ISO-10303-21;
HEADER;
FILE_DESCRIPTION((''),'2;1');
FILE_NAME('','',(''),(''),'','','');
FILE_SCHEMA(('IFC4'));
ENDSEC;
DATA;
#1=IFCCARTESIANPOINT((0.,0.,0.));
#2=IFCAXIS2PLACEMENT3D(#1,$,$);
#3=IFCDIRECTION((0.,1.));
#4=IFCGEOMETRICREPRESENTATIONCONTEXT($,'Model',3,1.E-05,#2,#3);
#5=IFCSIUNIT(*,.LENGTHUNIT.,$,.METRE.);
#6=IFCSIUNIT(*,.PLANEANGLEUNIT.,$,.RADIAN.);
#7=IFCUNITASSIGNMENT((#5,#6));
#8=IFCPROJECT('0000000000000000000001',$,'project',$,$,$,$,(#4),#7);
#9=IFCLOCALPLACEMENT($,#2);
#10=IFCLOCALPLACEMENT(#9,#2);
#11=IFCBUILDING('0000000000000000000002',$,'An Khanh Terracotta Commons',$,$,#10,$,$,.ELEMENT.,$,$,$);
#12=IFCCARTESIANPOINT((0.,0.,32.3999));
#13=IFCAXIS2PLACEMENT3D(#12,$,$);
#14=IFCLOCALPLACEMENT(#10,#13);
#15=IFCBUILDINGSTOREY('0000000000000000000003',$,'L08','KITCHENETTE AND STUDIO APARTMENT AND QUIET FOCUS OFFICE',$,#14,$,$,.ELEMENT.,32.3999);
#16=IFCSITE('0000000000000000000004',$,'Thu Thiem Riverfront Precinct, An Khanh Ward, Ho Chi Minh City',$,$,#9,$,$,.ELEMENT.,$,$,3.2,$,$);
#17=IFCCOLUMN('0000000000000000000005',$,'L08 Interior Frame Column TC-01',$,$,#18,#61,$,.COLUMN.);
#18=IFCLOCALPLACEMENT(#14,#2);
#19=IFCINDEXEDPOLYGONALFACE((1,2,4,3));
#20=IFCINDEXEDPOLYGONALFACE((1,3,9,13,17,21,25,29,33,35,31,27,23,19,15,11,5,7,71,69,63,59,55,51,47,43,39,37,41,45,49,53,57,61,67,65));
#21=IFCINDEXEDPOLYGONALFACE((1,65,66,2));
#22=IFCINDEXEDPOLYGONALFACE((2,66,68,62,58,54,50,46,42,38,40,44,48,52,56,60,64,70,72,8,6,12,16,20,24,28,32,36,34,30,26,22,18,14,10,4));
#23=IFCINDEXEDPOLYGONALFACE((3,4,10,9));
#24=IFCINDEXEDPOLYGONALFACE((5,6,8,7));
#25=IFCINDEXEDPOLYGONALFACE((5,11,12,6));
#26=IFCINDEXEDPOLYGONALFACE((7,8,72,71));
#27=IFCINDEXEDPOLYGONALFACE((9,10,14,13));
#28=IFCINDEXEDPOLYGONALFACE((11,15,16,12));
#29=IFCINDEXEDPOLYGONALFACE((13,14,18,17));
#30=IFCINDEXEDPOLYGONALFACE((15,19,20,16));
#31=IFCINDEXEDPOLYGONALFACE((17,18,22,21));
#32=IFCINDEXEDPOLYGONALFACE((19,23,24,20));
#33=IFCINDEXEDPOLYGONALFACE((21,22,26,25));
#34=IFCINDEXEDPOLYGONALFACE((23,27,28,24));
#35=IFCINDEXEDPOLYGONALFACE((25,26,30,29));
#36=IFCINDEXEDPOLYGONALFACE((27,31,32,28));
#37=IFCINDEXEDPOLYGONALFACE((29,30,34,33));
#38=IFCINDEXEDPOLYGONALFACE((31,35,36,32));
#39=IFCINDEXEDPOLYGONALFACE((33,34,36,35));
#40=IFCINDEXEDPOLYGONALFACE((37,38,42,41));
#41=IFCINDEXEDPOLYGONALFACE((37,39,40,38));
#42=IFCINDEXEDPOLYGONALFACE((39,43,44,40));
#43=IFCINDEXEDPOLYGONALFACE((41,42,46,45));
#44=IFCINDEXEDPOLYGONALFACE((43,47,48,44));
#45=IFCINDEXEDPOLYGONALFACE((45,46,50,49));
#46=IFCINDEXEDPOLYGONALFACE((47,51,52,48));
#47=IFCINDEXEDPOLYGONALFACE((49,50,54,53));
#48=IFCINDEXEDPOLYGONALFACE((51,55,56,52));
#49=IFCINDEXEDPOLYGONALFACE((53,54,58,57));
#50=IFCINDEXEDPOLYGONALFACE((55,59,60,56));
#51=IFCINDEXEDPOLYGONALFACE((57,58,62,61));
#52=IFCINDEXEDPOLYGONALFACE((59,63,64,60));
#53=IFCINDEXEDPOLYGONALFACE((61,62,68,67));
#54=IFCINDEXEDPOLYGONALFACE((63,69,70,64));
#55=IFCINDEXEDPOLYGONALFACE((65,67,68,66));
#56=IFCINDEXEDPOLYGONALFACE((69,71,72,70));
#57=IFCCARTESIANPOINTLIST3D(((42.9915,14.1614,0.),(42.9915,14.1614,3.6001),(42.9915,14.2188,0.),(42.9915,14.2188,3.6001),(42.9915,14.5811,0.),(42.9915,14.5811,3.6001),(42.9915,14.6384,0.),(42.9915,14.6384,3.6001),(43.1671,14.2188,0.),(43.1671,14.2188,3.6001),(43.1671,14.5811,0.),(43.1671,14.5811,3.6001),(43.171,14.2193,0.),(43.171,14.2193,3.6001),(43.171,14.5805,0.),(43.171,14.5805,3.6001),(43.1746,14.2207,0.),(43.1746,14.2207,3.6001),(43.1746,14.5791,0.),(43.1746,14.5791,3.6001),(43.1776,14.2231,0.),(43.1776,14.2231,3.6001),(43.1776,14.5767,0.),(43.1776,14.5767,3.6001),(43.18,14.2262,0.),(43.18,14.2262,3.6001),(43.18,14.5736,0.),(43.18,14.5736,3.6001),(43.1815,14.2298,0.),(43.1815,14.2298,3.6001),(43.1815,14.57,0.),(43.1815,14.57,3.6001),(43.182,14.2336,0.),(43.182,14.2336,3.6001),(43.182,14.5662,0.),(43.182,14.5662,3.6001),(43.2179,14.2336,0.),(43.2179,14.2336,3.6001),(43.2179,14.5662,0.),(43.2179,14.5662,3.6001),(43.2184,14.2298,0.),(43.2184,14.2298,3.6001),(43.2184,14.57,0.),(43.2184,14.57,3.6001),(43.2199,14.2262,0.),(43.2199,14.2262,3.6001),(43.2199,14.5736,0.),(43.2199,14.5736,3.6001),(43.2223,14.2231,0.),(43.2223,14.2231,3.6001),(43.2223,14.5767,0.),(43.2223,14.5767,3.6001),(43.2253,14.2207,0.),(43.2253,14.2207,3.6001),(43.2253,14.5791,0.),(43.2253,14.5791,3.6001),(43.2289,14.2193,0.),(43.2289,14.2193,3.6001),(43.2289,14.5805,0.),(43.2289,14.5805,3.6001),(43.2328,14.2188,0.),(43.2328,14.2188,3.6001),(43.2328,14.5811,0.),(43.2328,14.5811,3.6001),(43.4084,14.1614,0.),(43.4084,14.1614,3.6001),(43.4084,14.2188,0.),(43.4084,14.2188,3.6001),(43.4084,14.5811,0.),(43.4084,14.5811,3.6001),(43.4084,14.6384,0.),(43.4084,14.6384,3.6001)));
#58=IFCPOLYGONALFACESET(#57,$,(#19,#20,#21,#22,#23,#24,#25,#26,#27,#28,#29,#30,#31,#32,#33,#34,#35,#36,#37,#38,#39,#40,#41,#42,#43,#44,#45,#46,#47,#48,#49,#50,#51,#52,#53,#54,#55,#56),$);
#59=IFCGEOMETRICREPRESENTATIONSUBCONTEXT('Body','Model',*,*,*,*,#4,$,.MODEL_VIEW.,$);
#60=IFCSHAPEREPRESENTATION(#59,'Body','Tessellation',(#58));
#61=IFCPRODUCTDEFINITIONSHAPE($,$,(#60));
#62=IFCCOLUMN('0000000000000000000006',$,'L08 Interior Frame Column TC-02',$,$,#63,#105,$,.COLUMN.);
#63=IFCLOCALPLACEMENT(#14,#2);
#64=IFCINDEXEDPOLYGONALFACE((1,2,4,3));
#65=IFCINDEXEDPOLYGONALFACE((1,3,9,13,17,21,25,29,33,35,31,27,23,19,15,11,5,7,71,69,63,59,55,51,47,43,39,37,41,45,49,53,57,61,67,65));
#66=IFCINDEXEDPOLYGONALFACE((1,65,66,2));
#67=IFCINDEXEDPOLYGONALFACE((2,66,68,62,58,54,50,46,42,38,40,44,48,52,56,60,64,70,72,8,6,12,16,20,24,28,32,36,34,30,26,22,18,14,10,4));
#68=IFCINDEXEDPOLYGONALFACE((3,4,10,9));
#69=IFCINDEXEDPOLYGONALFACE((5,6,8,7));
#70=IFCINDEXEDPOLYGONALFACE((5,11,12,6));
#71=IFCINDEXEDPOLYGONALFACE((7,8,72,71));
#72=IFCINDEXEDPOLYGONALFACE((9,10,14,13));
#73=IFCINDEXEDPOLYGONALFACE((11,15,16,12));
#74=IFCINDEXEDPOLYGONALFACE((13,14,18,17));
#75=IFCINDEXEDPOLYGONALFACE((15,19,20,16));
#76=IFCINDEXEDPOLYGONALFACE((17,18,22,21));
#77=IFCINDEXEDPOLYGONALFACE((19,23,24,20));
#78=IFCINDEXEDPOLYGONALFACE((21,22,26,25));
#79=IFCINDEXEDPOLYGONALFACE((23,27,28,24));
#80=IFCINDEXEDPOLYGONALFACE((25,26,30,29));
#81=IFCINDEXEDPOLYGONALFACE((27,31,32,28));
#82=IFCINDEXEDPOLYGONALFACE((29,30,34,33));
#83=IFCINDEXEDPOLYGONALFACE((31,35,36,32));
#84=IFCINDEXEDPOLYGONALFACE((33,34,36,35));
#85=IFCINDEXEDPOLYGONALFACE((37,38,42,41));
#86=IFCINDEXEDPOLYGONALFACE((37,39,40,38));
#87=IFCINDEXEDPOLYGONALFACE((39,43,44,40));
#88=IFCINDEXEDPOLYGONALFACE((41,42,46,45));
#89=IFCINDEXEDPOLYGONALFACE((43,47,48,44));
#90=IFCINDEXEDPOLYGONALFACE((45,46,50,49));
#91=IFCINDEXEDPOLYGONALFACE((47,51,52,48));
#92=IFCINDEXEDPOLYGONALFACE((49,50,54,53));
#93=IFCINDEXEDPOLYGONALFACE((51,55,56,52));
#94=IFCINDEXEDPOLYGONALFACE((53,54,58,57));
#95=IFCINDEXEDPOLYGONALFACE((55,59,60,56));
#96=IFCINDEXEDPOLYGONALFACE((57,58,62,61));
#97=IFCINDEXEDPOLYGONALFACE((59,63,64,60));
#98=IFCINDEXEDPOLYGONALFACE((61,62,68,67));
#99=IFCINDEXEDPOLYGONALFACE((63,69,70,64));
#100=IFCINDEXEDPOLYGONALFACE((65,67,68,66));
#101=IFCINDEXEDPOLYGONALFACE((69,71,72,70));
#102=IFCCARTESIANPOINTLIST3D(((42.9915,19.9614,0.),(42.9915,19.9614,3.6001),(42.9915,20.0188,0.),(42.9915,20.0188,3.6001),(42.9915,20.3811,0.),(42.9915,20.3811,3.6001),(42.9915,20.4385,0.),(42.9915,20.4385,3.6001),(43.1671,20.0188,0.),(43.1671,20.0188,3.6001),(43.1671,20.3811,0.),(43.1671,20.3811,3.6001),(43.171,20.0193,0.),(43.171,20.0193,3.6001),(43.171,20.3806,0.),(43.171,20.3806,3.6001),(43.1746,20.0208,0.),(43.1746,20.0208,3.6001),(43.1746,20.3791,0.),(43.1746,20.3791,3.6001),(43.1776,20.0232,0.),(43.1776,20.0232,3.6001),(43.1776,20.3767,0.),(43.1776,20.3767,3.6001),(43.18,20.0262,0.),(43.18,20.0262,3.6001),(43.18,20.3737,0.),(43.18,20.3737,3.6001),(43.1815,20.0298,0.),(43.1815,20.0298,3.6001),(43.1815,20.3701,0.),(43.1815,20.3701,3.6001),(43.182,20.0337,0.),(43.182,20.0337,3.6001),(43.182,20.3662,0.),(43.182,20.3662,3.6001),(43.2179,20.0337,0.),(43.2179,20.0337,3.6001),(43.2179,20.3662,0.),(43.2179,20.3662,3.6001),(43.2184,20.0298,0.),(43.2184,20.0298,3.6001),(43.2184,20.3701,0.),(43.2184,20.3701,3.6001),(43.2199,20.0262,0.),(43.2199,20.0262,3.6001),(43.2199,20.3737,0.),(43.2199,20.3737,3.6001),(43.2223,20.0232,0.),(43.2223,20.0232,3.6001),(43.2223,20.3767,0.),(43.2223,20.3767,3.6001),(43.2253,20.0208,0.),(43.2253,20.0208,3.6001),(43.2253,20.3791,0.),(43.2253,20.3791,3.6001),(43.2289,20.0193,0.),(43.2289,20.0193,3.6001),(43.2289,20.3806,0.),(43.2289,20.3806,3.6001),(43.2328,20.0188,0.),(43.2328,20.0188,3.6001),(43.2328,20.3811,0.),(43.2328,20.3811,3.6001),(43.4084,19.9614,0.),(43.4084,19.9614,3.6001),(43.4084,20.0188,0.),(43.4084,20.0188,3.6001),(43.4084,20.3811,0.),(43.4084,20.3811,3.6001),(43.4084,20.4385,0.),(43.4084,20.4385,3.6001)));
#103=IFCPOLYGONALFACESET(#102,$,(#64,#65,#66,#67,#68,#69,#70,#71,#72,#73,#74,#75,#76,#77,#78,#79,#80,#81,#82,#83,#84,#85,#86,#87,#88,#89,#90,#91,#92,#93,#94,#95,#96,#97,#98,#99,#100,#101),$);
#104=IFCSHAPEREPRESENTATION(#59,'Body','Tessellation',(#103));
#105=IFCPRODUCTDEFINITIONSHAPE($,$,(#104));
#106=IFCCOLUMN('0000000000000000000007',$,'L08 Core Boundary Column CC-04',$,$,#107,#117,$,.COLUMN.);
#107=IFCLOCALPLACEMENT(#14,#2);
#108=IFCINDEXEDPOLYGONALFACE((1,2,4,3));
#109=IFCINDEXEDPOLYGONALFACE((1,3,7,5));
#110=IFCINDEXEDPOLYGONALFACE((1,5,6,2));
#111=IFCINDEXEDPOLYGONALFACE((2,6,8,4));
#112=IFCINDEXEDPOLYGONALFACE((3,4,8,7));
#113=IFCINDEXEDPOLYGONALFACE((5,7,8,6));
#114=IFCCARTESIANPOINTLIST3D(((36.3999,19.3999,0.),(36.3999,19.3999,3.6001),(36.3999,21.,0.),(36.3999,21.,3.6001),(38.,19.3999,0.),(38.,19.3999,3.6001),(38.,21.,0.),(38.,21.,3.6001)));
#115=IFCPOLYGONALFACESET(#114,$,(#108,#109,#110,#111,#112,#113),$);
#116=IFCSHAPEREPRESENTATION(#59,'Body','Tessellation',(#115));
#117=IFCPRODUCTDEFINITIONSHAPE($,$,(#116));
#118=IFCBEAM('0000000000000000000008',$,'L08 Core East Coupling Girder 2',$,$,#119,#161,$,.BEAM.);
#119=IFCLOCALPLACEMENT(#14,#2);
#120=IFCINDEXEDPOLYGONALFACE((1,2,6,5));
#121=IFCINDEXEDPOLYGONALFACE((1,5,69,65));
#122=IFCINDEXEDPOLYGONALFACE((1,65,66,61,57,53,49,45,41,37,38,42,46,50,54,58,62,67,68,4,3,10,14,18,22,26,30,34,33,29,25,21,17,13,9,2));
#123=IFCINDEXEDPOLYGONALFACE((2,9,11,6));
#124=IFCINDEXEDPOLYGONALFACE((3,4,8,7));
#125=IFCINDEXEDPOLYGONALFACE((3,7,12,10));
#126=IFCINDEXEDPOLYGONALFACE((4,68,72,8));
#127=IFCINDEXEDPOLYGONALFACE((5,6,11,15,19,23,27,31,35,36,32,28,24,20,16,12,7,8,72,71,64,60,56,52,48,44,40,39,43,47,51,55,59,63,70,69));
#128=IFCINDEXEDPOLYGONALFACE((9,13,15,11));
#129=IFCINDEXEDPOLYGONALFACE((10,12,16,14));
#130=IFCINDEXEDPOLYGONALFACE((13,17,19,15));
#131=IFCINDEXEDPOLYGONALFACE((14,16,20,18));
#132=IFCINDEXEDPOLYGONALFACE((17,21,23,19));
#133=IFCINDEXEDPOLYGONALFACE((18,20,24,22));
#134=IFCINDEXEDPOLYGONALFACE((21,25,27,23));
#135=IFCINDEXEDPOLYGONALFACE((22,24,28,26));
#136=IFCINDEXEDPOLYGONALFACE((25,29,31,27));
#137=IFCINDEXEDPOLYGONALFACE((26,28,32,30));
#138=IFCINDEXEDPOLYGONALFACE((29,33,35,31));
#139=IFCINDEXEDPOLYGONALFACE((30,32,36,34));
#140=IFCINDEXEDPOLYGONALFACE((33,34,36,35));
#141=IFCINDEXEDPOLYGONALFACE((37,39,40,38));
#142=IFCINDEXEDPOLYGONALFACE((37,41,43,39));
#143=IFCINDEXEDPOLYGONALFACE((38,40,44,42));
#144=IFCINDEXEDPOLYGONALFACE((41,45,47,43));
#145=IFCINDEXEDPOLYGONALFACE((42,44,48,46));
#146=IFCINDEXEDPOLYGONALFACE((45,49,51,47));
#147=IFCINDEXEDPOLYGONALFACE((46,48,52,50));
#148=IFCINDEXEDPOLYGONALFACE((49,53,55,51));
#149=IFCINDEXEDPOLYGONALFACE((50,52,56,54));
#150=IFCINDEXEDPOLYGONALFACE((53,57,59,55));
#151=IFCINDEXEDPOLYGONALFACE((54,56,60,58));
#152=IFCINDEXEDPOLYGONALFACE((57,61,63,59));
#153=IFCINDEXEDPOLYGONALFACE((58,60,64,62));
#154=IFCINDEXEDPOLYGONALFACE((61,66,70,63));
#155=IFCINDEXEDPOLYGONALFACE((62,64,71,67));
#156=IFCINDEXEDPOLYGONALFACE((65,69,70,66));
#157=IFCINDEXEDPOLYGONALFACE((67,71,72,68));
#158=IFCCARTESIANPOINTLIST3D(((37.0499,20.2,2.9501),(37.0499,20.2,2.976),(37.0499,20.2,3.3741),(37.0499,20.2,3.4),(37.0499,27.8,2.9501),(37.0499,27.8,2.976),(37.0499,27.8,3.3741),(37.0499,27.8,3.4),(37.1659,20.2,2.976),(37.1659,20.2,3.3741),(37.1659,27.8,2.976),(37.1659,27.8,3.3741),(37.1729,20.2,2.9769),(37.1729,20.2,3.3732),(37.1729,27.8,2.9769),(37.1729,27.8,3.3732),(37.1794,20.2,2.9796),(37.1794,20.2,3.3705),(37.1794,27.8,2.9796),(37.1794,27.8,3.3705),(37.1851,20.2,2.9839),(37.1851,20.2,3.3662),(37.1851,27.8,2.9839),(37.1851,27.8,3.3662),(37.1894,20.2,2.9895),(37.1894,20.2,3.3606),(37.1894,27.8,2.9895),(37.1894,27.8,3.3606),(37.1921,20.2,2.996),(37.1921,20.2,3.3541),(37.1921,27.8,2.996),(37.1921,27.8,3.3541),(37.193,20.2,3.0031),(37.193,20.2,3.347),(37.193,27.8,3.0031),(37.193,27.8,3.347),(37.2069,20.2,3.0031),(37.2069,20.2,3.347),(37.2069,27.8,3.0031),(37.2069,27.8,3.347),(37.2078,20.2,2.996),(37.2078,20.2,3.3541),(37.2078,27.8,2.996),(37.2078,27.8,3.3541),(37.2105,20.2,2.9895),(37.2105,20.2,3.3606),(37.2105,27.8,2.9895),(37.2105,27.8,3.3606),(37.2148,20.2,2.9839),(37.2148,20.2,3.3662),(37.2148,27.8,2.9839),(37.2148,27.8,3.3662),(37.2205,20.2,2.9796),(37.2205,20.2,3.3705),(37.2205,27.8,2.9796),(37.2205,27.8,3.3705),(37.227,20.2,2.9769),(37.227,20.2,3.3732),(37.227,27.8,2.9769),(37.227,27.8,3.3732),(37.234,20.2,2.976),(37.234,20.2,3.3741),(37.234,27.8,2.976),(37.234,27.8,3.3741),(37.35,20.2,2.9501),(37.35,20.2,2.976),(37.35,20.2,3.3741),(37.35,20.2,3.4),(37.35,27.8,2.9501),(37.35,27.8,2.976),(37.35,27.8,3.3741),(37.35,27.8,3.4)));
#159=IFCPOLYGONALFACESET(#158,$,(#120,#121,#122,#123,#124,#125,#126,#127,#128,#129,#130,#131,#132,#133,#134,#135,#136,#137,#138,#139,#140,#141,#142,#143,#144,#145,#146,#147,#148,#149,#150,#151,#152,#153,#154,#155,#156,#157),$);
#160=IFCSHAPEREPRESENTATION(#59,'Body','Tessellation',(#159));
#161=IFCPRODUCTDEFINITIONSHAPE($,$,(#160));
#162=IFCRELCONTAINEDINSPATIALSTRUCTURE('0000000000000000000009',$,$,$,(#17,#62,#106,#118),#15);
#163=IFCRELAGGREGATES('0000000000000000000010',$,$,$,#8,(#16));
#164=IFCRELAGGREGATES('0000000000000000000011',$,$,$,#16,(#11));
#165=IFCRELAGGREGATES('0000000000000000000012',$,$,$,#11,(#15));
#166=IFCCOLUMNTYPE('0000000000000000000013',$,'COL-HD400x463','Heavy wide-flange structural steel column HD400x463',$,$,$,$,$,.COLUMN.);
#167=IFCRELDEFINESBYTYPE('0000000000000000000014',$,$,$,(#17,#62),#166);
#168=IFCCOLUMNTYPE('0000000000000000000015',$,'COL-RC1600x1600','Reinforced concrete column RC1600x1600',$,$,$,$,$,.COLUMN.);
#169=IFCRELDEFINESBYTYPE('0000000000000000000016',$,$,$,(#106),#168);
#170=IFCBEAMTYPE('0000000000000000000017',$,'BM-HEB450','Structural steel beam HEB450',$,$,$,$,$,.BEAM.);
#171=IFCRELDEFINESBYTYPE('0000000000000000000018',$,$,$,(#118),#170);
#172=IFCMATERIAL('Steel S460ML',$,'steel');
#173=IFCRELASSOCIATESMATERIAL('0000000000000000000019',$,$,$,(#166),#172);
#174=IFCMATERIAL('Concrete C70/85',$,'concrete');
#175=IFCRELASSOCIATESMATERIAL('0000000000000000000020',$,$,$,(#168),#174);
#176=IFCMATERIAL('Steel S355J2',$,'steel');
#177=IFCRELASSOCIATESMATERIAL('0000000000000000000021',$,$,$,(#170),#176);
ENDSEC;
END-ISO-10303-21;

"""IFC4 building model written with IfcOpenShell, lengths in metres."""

from ifc_helpers import new_model, si_unit, direction, frame, origin, origin_2d, place, context, subcontext, project, spatial, rectangle, i_section, extrude, material, material_profile, profile_set, type_object, element, save


model = new_model("IFC4")

# Units and contexts
model_context = context("Model", 3, precision=1e-05, world=origin(), true_north=direction((0.0, 1.0)))
body_context = subcontext(model_context, "Body", "Model", "MODEL_VIEW")
ifc_project = project(units=[si_unit("LENGTHUNIT", "METRE"), si_unit("PLANEANGLEUNIT", "RADIAN")], contexts=[model_context])

# Site, building, storey
site_placement = place(None, origin())
site = spatial("IfcSite", under=ifc_project, at=site_placement, Name="Thu Thiem Riverfront Precinct, An Khanh Ward, Ho Chi Minh City", CompositionType="ELEMENT", RefElevation=3.2)
building_placement = place(site_placement, origin())
building = spatial("IfcBuilding", under=site, at=building_placement, Name="An Khanh Terracotta Commons", CompositionType="ELEMENT")
storey_placement = place(building_placement, frame((0.0, 0.0, 32.3999)))
storey = spatial("IfcBuildingStorey", under=building, at=storey_placement, Name="L08", Description="KITCHENETTE AND STUDIO APARTMENT AND QUIET FOCUS OFFICE", CompositionType="ELEMENT", Elevation=32.3999)

# Columns
ifc_material_1 = material(Name="Steel S460ML", Category="steel")
ifc_material_profile_1 = material_profile(ifc_material_1, i_section(OverallWidth=0.417, OverallDepth=0.4771, WebThickness=0.0359, FlangeThickness=0.0574, FilletRadius=0.0149, at=origin_2d()), Name="HD400x463")
ifc_profile_set_1 = profile_set([ifc_material_profile_1], Name="Steel S460ML")
column_type_1 = type_object("IfcColumnType", Name="COL-HD400x463", Description="Heavy wide-flange structural steel column HD400x463", PredefinedType="COLUMN", material=ifc_profile_set_1)
for number, where, z_axis, x_axis, name in (
    (1, (43.2, 14.3999, 0.0), (0.0, 0.0, 1.0), (1.0, 0.0, 0.0), "L08 Interior Frame Column TC-01"),
    (2, (43.2, 20.2, 0.0), (0.0, 0.0, 1.0), (1.0, 0.0, 0.0), "L08 Interior Frame Column TC-02"),
):
    element("IfcColumn", number, at=place(storey_placement, frame(where, z_axis=z_axis, x_axis=x_axis)), inside=storey, type_object=column_type_1, Name=name, PredefinedType="COLUMN", context=body_context, shape_type="SweptSolid", body=[
        extrude(i_section(OverallWidth=0.417, OverallDepth=0.4771, WebThickness=0.0359, FlangeThickness=0.0574, FilletRadius=0.0149, at=origin_2d()), origin(), (0.0, 0.0, 1.0), 3.6001),
    ])
ifc_material_2 = material(Name="Concrete C70/85", Category="concrete")
ifc_material_profile_2 = material_profile(ifc_material_2, rectangle(XDim=1.6001, YDim=1.6001, at=origin_2d()), Name="RC1600x1600")
ifc_profile_set_2 = profile_set([ifc_material_profile_2], Name="Concrete C70/85")
column_type_2 = type_object("IfcColumnType", Name="COL-RC1600x1600", Description="Reinforced concrete column RC1600x1600", PredefinedType="COLUMN", material=ifc_profile_set_2)
column_placement = place(storey_placement, frame((37.2, 20.2, 0.0), z_axis=(0.0, 0.0, 1.0), x_axis=(1.0, 0.0, 0.0)))
element("IfcColumn", 3, at=column_placement, inside=storey, type_object=column_type_2, Name="L08 Core Boundary Column CC-04", PredefinedType="COLUMN", context=body_context, shape_type="SweptSolid", body=[
    extrude(rectangle(XDim=1.6001, YDim=1.6001, at=origin_2d()), origin(), (0.0, 0.0, 1.0), 3.6001),
])

# Beam
ifc_material_3 = material(Name="Steel S355J2", Category="steel")
ifc_material_profile_3 = material_profile(ifc_material_3, i_section(OverallWidth=0.3, OverallDepth=0.45, WebThickness=0.0139, FlangeThickness=0.0259, FilletRadius=0.0271, at=origin_2d()), Name="HEB450")
ifc_profile_set_3 = profile_set([ifc_material_profile_3], Name="Steel S355J2")
beam_type_1 = type_object("IfcBeamType", Name="BM-HEB450", Description="Structural steel beam HEB450", PredefinedType="BEAM", material=ifc_profile_set_3)
beam_1_placement = place(storey_placement, frame((37.2, 20.2, 3.175), z_axis=(0.0, 1.0, 0.0), x_axis=(-1.0, 0.0, 0.0)))
element("IfcBeam", 4, at=beam_1_placement, inside=storey, type_object=beam_type_1, Name="L08 Core East Coupling Girder 2", PredefinedType="BEAM", context=body_context, shape_type="SweptSolid", body=[
    extrude(i_section(OverallWidth=0.3, OverallDepth=0.45, WebThickness=0.0139, FlangeThickness=0.0259, FilletRadius=0.0271, at=origin_2d()), origin(), (0.0, 0.0, 1.0), 7.6001),
])

save(model, "model.ifc")
